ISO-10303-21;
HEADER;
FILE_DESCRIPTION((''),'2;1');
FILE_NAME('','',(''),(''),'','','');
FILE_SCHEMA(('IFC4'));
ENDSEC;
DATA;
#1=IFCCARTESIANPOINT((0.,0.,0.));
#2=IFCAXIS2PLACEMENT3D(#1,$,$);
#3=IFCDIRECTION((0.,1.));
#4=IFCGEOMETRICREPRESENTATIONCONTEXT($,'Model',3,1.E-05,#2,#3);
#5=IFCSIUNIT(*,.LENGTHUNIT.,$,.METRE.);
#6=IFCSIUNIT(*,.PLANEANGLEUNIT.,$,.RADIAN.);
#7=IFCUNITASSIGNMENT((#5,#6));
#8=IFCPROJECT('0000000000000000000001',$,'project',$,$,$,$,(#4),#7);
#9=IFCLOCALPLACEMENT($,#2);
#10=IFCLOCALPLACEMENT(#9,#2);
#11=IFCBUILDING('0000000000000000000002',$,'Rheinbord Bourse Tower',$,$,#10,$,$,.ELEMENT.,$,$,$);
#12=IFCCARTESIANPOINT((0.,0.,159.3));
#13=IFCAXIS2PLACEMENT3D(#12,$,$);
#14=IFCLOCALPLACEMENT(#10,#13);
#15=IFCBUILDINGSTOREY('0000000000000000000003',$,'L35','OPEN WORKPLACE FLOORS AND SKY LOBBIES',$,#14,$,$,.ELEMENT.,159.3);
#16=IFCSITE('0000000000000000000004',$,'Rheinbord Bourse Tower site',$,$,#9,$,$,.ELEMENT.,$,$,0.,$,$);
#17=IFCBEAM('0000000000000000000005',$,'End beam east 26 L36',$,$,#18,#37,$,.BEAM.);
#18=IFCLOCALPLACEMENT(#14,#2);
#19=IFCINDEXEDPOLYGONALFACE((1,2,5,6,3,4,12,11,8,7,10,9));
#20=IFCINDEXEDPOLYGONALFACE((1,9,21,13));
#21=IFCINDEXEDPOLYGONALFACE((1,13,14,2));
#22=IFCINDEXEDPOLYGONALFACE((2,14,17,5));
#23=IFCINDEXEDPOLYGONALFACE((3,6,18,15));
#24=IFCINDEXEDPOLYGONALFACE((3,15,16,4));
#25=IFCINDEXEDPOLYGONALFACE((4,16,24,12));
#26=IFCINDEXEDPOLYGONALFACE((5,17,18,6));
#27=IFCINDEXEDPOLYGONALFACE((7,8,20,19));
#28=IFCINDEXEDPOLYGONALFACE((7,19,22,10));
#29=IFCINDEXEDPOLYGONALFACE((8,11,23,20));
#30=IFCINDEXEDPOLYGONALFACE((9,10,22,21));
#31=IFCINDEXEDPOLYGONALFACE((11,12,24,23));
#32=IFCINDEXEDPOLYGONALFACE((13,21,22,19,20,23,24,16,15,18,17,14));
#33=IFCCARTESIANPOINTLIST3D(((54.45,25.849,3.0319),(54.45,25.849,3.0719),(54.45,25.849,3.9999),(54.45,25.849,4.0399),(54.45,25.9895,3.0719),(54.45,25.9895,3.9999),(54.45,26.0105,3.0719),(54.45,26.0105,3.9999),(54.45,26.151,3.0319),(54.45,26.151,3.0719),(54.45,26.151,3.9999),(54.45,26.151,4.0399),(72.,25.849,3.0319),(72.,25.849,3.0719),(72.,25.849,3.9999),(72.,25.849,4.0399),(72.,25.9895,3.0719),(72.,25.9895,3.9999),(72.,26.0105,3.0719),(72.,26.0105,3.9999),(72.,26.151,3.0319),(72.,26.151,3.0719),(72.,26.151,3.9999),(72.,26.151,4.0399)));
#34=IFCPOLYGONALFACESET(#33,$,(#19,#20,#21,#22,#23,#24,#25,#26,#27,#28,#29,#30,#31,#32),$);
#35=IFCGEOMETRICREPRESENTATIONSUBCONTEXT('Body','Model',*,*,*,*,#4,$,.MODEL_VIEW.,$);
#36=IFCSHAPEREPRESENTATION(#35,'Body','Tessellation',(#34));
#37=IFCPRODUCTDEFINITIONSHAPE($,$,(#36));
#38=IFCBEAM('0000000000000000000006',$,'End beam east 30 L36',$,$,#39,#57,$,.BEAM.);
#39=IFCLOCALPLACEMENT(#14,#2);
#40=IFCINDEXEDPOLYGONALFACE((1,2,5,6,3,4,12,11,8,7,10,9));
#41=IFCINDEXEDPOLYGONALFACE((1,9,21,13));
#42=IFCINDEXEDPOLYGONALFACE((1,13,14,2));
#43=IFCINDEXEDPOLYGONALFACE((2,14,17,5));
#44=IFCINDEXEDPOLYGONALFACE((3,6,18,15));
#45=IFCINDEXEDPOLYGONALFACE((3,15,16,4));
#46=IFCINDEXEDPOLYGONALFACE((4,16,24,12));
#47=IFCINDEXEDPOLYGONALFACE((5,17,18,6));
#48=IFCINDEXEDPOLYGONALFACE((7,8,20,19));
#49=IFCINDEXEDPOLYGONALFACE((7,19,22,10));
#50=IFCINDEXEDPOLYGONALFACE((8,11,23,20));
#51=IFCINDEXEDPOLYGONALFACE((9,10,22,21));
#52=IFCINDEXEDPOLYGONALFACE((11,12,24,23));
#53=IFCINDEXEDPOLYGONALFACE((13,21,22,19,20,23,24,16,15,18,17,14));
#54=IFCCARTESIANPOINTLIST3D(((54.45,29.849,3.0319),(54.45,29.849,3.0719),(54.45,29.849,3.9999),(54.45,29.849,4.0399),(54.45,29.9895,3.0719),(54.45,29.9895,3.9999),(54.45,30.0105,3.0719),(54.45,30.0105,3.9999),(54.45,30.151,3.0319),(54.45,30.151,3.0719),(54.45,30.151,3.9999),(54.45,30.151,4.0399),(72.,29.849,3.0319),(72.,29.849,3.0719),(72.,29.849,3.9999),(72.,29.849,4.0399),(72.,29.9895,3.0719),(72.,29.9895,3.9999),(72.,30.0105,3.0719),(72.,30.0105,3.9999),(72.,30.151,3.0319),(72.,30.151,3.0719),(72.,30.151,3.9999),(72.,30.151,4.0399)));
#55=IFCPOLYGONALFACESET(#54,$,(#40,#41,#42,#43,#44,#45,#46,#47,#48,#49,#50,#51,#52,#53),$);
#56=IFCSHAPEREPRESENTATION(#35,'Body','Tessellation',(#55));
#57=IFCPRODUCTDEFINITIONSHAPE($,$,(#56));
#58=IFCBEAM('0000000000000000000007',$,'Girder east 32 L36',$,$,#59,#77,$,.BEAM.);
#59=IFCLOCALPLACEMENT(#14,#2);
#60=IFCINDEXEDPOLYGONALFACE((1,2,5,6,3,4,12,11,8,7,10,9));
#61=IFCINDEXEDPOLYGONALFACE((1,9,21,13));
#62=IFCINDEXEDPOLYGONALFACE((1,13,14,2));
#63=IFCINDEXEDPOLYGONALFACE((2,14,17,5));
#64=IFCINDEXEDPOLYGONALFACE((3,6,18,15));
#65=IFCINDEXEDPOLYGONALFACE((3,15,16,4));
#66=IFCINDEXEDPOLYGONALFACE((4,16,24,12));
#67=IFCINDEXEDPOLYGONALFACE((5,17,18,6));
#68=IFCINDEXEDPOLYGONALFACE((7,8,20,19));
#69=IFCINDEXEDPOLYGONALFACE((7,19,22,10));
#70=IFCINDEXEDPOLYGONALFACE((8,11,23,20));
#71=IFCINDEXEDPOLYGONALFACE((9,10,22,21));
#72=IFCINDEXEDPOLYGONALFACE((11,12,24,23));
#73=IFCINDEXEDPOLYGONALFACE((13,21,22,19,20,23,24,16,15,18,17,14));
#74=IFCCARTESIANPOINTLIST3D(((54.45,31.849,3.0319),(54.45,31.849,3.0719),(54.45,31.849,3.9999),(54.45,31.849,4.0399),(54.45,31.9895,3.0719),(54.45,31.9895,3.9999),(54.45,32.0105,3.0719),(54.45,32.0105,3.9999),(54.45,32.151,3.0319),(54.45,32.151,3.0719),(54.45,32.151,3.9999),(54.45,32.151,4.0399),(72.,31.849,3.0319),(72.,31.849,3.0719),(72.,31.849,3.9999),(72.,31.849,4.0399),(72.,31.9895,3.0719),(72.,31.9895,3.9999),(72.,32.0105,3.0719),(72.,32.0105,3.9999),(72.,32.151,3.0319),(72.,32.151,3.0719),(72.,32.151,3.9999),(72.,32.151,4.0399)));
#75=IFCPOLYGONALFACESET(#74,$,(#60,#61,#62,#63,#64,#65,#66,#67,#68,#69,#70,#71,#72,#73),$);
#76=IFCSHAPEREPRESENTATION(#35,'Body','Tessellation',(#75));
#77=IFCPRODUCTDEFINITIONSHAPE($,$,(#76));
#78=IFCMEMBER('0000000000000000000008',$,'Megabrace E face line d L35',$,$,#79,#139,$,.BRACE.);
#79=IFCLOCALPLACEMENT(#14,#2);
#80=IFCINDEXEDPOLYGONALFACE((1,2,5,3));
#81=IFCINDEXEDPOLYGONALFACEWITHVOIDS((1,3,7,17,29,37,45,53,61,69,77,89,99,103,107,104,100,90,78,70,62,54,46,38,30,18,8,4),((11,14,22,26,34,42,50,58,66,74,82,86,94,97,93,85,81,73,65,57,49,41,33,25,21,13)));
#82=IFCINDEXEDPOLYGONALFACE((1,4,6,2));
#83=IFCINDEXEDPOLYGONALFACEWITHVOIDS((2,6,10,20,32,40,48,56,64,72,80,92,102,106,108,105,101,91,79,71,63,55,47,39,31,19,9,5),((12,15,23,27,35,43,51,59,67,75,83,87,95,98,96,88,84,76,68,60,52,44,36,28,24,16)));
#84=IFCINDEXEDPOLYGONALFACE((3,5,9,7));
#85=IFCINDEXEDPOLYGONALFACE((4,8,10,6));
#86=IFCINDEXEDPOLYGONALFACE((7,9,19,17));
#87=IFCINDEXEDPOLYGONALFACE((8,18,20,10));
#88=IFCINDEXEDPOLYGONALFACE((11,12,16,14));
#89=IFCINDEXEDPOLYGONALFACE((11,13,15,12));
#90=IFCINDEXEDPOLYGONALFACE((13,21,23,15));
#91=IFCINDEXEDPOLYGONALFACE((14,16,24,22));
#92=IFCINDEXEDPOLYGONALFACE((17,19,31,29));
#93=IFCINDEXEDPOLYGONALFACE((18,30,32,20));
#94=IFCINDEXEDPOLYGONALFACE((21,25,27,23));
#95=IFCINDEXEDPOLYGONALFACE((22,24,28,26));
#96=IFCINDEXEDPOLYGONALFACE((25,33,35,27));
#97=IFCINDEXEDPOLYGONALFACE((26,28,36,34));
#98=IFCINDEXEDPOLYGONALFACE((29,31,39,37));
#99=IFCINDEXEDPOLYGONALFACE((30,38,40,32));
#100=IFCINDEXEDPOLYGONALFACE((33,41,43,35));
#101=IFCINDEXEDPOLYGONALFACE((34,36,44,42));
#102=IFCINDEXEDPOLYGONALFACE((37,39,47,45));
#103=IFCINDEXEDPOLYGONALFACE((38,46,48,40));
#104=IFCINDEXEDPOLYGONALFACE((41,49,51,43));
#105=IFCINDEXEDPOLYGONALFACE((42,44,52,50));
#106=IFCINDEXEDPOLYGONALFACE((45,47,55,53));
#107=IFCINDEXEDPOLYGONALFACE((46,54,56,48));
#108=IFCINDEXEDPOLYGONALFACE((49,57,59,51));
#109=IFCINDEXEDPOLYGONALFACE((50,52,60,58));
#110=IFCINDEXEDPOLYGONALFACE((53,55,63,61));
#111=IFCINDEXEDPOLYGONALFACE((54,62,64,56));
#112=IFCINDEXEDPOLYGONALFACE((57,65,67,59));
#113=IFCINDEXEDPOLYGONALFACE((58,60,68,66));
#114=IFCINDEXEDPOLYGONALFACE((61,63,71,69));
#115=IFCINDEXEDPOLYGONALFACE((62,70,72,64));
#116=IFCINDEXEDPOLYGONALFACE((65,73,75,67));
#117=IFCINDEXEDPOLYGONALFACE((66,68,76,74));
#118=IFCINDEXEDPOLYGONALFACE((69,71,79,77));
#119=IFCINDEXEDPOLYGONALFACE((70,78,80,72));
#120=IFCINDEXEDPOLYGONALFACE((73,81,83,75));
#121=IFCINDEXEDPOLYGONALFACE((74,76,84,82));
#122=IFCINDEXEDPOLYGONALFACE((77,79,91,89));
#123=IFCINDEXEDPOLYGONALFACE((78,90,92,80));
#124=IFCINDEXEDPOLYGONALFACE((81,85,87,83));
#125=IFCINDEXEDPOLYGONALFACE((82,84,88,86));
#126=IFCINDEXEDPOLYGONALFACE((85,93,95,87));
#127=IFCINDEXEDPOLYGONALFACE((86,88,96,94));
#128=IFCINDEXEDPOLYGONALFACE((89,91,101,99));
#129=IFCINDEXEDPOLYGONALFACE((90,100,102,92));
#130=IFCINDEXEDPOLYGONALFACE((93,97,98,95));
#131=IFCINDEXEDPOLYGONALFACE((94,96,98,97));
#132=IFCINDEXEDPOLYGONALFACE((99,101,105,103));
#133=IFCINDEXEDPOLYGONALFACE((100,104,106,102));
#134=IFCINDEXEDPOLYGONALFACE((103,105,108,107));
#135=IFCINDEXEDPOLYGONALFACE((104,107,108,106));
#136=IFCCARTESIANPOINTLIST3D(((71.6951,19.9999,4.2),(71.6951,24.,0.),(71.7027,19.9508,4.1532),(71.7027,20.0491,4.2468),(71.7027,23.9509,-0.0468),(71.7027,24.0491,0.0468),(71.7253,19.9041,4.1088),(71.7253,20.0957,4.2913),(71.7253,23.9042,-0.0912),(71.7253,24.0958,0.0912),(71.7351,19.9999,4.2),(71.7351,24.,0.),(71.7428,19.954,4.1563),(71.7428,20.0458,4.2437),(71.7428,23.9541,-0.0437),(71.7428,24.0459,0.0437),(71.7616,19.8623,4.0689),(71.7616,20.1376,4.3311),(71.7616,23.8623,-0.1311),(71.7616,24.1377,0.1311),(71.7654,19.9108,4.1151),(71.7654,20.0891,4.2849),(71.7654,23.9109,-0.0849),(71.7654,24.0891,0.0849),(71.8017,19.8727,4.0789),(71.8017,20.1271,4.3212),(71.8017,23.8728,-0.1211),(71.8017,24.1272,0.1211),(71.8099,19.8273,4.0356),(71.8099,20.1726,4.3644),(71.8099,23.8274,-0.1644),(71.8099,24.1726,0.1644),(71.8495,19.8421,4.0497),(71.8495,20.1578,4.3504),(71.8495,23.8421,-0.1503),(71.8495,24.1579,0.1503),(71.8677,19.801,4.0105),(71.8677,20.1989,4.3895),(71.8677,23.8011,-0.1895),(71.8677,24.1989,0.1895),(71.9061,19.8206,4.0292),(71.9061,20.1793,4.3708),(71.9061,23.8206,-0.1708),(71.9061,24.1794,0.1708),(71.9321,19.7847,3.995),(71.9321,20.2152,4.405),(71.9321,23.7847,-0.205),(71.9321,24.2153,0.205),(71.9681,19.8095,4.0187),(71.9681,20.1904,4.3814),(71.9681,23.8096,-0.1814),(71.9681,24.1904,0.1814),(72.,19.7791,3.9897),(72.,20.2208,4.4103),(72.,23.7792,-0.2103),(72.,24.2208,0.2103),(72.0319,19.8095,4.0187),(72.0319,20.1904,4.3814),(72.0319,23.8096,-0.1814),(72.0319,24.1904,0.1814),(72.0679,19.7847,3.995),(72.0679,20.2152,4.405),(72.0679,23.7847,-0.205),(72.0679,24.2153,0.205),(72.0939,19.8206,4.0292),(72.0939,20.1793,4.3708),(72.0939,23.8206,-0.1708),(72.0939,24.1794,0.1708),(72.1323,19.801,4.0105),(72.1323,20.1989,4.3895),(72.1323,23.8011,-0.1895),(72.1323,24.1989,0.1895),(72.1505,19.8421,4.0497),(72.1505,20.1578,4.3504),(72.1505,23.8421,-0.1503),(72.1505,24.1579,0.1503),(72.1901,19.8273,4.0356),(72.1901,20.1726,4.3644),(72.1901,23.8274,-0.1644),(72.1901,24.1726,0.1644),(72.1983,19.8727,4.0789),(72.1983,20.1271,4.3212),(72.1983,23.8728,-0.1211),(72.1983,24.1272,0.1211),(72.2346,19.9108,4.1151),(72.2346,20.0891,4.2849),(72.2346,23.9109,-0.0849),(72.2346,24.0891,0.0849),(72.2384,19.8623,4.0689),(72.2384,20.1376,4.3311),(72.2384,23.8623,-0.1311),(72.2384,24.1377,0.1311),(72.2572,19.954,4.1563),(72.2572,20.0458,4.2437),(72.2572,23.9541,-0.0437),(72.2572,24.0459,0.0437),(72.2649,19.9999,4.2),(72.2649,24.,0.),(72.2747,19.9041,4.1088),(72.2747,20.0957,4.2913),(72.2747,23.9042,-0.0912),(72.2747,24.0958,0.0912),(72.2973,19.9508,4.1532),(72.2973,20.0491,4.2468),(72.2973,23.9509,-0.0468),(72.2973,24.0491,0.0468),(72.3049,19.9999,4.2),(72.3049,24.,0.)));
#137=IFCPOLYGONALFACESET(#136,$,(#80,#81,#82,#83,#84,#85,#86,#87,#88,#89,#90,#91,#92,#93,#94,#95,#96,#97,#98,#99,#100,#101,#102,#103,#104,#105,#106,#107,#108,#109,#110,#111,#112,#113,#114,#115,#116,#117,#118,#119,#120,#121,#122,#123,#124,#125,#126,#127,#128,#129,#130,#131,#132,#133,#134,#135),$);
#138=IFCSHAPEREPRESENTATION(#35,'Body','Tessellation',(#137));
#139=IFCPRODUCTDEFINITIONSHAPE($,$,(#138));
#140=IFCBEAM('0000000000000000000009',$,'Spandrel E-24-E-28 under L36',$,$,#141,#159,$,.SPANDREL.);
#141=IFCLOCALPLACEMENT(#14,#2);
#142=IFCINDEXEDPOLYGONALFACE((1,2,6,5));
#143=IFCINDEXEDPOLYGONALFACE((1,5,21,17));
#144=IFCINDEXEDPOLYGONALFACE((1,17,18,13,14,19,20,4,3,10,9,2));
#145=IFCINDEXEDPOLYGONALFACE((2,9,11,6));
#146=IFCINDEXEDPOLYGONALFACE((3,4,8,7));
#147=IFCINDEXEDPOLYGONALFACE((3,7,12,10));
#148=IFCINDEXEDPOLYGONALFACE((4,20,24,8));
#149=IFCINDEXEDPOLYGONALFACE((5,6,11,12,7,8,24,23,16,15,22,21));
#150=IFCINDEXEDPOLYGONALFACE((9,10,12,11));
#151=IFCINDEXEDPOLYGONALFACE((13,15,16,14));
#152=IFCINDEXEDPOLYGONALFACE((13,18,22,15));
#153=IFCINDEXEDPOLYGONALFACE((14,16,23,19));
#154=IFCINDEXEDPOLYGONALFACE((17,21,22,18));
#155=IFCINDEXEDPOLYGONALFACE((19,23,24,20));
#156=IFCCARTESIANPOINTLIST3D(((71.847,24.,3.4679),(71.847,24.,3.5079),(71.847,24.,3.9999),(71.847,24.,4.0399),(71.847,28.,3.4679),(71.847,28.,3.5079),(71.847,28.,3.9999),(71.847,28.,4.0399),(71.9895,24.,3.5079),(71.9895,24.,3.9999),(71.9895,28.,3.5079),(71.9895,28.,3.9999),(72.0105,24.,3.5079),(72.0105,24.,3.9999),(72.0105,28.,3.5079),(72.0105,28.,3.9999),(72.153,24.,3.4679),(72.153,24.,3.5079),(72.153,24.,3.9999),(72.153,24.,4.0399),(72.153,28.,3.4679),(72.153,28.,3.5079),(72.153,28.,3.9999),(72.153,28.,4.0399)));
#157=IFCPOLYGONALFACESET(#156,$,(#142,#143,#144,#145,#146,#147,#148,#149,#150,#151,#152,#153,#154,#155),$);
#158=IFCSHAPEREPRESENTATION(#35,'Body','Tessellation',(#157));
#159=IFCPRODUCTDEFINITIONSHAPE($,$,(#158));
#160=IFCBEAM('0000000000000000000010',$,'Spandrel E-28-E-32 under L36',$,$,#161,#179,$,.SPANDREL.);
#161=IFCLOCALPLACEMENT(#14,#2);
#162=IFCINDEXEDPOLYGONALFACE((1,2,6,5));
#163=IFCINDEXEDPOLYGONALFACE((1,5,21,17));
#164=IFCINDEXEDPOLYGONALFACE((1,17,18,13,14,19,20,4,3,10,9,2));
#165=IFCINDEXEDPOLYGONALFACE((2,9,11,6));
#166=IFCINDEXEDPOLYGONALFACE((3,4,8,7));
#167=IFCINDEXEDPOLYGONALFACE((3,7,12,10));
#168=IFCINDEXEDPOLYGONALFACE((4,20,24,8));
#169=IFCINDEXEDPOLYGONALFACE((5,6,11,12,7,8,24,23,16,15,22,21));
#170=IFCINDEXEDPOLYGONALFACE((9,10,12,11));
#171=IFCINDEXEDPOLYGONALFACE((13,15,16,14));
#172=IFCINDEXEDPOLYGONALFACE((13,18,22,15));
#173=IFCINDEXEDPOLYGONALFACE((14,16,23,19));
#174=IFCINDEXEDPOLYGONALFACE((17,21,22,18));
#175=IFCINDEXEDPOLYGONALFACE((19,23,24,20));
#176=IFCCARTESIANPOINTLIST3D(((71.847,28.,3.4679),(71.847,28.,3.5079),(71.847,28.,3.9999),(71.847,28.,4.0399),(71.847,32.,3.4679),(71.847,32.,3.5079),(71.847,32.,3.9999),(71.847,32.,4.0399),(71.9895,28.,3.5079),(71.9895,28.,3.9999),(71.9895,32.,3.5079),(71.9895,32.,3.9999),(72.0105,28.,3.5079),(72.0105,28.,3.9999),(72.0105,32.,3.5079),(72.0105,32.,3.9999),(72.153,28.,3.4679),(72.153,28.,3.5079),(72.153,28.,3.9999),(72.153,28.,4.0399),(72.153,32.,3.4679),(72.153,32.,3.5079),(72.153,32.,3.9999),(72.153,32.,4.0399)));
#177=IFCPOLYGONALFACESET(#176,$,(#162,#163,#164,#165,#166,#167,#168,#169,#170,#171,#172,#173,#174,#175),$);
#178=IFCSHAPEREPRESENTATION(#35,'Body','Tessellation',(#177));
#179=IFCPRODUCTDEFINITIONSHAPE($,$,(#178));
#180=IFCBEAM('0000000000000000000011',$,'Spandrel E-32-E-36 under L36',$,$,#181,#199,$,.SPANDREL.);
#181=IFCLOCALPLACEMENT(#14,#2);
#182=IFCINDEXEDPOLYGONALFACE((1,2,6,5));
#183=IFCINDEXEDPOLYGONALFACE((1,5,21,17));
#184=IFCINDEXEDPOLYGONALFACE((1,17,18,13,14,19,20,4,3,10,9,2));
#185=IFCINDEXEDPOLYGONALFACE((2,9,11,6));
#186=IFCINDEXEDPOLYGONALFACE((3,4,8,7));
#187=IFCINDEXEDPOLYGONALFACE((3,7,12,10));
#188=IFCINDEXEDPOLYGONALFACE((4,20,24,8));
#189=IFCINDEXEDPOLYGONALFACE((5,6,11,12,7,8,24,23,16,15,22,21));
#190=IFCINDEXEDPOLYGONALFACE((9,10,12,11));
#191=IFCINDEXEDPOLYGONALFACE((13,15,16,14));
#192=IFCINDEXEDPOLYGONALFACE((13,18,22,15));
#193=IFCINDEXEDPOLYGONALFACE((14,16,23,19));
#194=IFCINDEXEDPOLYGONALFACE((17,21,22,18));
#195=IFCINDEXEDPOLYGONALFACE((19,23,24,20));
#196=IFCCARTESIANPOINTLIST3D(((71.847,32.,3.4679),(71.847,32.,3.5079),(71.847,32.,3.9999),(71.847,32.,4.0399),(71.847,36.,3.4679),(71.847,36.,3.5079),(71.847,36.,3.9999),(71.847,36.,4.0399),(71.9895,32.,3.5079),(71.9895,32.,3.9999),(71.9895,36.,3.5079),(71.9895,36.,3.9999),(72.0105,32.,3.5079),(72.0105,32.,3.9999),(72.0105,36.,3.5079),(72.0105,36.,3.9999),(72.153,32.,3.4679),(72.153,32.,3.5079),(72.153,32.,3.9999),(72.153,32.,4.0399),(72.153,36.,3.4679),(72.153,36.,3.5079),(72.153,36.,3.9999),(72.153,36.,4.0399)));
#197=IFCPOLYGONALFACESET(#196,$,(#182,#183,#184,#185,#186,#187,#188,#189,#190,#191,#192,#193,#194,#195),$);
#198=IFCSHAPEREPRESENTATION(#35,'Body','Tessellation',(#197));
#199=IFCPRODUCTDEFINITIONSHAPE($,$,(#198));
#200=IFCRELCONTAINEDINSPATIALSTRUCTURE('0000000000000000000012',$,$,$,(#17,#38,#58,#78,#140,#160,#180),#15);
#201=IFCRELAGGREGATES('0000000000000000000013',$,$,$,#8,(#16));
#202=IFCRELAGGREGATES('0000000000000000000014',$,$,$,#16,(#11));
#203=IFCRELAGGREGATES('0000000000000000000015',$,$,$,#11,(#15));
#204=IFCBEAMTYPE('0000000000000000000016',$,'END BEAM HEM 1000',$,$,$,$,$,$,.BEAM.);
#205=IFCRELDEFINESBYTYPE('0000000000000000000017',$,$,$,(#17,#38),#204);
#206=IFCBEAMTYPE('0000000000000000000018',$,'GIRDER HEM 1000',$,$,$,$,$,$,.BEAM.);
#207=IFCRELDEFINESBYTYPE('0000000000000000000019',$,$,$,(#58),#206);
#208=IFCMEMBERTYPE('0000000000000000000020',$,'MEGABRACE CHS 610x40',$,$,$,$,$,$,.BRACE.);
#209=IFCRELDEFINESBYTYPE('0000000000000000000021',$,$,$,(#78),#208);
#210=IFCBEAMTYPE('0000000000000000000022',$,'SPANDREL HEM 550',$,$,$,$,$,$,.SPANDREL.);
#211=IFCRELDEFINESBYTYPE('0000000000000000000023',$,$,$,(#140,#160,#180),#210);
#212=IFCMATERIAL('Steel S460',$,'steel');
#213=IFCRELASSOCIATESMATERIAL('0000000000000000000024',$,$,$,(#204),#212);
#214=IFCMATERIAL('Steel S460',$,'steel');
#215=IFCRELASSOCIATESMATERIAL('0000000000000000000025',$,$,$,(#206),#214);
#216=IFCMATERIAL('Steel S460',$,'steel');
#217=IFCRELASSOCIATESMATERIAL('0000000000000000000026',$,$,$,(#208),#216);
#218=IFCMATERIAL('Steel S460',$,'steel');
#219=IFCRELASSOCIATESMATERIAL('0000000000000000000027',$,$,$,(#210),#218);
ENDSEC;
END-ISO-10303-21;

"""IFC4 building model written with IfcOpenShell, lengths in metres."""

from ifc_helpers import new_model, si_unit, direction, frame, origin, origin_2d, place, context, subcontext, project, spatial, hollow_circle, i_section, extrude, material, material_profile, profile_set, type_object, element, save


model = new_model("IFC4")

# Units and contexts
model_context = context("Model", 3, precision=1e-05, world=origin(), true_north=direction((0.0, 1.0)))
body_context = subcontext(model_context, "Body", "Model", "MODEL_VIEW")
ifc_project = project(units=[si_unit("LENGTHUNIT", "METRE"), si_unit("PLANEANGLEUNIT", "RADIAN")], contexts=[model_context])

# Site, building, storey
site_placement = place(None, origin())
site = spatial("IfcSite", under=ifc_project, at=site_placement, Name="Rheinbord Bourse Tower site", CompositionType="ELEMENT", RefElevation=0.0)
building_placement = place(site_placement, origin())
building = spatial("IfcBuilding", under=site, at=building_placement, Name="Rheinbord Bourse Tower", CompositionType="ELEMENT")
storey_placement = place(building_placement, frame((0.0, 0.0, 159.3)))
storey = spatial("IfcBuildingStorey", under=building, at=storey_placement, Name="L35", Description="OPEN WORKPLACE FLOORS AND SKY LOBBIES", CompositionType="ELEMENT", Elevation=159.3)

# Beams
ifc_material_1 = material(Name="Steel S460", Category="steel")
ifc_material_profile_1 = material_profile(ifc_material_1, i_section(OverallWidth=0.302, OverallDepth=1.0081, WebThickness=0.021, FlangeThickness=0.04, at=origin_2d()), Name="HEM 1000")
ifc_profile_set_1 = profile_set([ifc_material_profile_1], Name="Steel S460")
beam_type_1 = type_object("IfcBeamType", Name="END BEAM HEM 1000", PredefinedType="BEAM", material=ifc_profile_set_1)
for number, where, z_axis, x_axis, name in (
    (1, (54.45, 26.0, 3.5359), (1.0, 0.0, 0.0), (0.0, 1.0, 0.0), "End beam east 26 L36"),
    (2, (54.45, 30.0, 3.5359), (1.0, 0.0, 0.0), (0.0, 1.0, 0.0), "End beam east 30 L36"),
):
    element("IfcBeam", number, at=place(storey_placement, frame(where, z_axis=z_axis, x_axis=x_axis)), inside=storey, type_object=beam_type_1, Name=name, PredefinedType="BEAM", context=body_context, shape_type="SweptSolid", body=[
        extrude(i_section(OverallWidth=0.302, OverallDepth=1.0081, WebThickness=0.021, FlangeThickness=0.04, at=origin_2d()), origin(), (0.0, 0.0, 1.0), 17.55),
    ])
ifc_material_2 = material(Name="Steel S460", Category="steel")
ifc_material_profile_2 = material_profile(ifc_material_2, i_section(OverallWidth=0.302, OverallDepth=1.0081, WebThickness=0.021, FlangeThickness=0.04, at=origin_2d()), Name="HEM 1000")
ifc_profile_set_2 = profile_set([ifc_material_profile_2], Name="Steel S460")
beam_type_2 = type_object("IfcBeamType", Name="GIRDER HEM 1000", PredefinedType="BEAM", material=ifc_profile_set_2)
beam_1_placement = place(storey_placement, frame((54.45, 32.0, 3.5359), z_axis=(1.0, 0.0, 0.0), x_axis=(0.0, 1.0, 0.0)))
element("IfcBeam", 3, at=beam_1_placement, inside=storey, type_object=beam_type_2, Name="Girder east 32 L36", PredefinedType="BEAM", context=body_context, shape_type="SweptSolid", body=[
    extrude(i_section(OverallWidth=0.302, OverallDepth=1.0081, WebThickness=0.021, FlangeThickness=0.04, at=origin_2d()), origin(), (0.0, 0.0, 1.0), 17.55),
])

# Member
ifc_material_3 = material(Name="Steel S460", Category="steel")
ifc_material_profile_3 = material_profile(ifc_material_3, hollow_circle(Radius=0.3049, WallThickness=0.04, at=origin_2d()), Name="CHS 610x40")
ifc_profile_set_3 = profile_set([ifc_material_profile_3], Name="Steel S460")
member_type_1 = type_object("IfcMemberType", Name="MEGABRACE CHS 610x40", PredefinedType="BRACE", material=ifc_profile_set_3)
member_1_placement = place(storey_placement, frame((72.0, 24.0, 0.0), z_axis=(0.0, -0.689659, 0.724134), x_axis=(1.0, 0.0, 0.0)))
element("IfcMember", 4, at=member_1_placement, inside=storey, type_object=member_type_1, Name="Megabrace E face line d L35", PredefinedType="BRACE", context=body_context, shape_type="SweptSolid", body=[
    extrude(hollow_circle(Radius=0.3049, WallThickness=0.04, at=origin_2d()), origin(), (0.0, 0.0, 1.0), 5.8),
])

# Beams
ifc_material_4 = material(Name="Steel S460", Category="steel")
ifc_material_profile_4 = material_profile(ifc_material_4, i_section(OverallWidth=0.3059, OverallDepth=0.572, WebThickness=0.021, FlangeThickness=0.04, at=origin_2d()), Name="HEM 550")
ifc_profile_set_4 = profile_set([ifc_material_profile_4], Name="Steel S460")
beam_type_3 = type_object("IfcBeamType", Name="SPANDREL HEM 550", PredefinedType="SPANDREL", material=ifc_profile_set_4)
for number, where, z_axis, x_axis, name in (
    (5, (72.0, 24.0, 3.7539), (0.0, 1.0, 0.0), (-1.0, 0.0, 0.0), "Spandrel E-24-E-28 under L36"),
    (6, (72.0, 28.0, 3.7539), (0.0, 1.0, 0.0), (-1.0, 0.0, 0.0), "Spandrel E-28-E-32 under L36"),
    (7, (72.0, 32.0, 3.7539), (0.0, 1.0, 0.0), (-1.0, 0.0, 0.0), "Spandrel E-32-E-36 under L36"),
):
    element("IfcBeam", number, at=place(storey_placement, frame(where, z_axis=z_axis, x_axis=x_axis)), inside=storey, type_object=beam_type_3, Name=name, PredefinedType="SPANDREL", context=body_context, shape_type="SweptSolid", body=[
        extrude(i_section(OverallWidth=0.3059, OverallDepth=0.572, WebThickness=0.021, FlangeThickness=0.04, at=origin_2d()), origin(), (0.0, 0.0, 1.0), 4.0),
    ])

save(model, "model.ifc")
